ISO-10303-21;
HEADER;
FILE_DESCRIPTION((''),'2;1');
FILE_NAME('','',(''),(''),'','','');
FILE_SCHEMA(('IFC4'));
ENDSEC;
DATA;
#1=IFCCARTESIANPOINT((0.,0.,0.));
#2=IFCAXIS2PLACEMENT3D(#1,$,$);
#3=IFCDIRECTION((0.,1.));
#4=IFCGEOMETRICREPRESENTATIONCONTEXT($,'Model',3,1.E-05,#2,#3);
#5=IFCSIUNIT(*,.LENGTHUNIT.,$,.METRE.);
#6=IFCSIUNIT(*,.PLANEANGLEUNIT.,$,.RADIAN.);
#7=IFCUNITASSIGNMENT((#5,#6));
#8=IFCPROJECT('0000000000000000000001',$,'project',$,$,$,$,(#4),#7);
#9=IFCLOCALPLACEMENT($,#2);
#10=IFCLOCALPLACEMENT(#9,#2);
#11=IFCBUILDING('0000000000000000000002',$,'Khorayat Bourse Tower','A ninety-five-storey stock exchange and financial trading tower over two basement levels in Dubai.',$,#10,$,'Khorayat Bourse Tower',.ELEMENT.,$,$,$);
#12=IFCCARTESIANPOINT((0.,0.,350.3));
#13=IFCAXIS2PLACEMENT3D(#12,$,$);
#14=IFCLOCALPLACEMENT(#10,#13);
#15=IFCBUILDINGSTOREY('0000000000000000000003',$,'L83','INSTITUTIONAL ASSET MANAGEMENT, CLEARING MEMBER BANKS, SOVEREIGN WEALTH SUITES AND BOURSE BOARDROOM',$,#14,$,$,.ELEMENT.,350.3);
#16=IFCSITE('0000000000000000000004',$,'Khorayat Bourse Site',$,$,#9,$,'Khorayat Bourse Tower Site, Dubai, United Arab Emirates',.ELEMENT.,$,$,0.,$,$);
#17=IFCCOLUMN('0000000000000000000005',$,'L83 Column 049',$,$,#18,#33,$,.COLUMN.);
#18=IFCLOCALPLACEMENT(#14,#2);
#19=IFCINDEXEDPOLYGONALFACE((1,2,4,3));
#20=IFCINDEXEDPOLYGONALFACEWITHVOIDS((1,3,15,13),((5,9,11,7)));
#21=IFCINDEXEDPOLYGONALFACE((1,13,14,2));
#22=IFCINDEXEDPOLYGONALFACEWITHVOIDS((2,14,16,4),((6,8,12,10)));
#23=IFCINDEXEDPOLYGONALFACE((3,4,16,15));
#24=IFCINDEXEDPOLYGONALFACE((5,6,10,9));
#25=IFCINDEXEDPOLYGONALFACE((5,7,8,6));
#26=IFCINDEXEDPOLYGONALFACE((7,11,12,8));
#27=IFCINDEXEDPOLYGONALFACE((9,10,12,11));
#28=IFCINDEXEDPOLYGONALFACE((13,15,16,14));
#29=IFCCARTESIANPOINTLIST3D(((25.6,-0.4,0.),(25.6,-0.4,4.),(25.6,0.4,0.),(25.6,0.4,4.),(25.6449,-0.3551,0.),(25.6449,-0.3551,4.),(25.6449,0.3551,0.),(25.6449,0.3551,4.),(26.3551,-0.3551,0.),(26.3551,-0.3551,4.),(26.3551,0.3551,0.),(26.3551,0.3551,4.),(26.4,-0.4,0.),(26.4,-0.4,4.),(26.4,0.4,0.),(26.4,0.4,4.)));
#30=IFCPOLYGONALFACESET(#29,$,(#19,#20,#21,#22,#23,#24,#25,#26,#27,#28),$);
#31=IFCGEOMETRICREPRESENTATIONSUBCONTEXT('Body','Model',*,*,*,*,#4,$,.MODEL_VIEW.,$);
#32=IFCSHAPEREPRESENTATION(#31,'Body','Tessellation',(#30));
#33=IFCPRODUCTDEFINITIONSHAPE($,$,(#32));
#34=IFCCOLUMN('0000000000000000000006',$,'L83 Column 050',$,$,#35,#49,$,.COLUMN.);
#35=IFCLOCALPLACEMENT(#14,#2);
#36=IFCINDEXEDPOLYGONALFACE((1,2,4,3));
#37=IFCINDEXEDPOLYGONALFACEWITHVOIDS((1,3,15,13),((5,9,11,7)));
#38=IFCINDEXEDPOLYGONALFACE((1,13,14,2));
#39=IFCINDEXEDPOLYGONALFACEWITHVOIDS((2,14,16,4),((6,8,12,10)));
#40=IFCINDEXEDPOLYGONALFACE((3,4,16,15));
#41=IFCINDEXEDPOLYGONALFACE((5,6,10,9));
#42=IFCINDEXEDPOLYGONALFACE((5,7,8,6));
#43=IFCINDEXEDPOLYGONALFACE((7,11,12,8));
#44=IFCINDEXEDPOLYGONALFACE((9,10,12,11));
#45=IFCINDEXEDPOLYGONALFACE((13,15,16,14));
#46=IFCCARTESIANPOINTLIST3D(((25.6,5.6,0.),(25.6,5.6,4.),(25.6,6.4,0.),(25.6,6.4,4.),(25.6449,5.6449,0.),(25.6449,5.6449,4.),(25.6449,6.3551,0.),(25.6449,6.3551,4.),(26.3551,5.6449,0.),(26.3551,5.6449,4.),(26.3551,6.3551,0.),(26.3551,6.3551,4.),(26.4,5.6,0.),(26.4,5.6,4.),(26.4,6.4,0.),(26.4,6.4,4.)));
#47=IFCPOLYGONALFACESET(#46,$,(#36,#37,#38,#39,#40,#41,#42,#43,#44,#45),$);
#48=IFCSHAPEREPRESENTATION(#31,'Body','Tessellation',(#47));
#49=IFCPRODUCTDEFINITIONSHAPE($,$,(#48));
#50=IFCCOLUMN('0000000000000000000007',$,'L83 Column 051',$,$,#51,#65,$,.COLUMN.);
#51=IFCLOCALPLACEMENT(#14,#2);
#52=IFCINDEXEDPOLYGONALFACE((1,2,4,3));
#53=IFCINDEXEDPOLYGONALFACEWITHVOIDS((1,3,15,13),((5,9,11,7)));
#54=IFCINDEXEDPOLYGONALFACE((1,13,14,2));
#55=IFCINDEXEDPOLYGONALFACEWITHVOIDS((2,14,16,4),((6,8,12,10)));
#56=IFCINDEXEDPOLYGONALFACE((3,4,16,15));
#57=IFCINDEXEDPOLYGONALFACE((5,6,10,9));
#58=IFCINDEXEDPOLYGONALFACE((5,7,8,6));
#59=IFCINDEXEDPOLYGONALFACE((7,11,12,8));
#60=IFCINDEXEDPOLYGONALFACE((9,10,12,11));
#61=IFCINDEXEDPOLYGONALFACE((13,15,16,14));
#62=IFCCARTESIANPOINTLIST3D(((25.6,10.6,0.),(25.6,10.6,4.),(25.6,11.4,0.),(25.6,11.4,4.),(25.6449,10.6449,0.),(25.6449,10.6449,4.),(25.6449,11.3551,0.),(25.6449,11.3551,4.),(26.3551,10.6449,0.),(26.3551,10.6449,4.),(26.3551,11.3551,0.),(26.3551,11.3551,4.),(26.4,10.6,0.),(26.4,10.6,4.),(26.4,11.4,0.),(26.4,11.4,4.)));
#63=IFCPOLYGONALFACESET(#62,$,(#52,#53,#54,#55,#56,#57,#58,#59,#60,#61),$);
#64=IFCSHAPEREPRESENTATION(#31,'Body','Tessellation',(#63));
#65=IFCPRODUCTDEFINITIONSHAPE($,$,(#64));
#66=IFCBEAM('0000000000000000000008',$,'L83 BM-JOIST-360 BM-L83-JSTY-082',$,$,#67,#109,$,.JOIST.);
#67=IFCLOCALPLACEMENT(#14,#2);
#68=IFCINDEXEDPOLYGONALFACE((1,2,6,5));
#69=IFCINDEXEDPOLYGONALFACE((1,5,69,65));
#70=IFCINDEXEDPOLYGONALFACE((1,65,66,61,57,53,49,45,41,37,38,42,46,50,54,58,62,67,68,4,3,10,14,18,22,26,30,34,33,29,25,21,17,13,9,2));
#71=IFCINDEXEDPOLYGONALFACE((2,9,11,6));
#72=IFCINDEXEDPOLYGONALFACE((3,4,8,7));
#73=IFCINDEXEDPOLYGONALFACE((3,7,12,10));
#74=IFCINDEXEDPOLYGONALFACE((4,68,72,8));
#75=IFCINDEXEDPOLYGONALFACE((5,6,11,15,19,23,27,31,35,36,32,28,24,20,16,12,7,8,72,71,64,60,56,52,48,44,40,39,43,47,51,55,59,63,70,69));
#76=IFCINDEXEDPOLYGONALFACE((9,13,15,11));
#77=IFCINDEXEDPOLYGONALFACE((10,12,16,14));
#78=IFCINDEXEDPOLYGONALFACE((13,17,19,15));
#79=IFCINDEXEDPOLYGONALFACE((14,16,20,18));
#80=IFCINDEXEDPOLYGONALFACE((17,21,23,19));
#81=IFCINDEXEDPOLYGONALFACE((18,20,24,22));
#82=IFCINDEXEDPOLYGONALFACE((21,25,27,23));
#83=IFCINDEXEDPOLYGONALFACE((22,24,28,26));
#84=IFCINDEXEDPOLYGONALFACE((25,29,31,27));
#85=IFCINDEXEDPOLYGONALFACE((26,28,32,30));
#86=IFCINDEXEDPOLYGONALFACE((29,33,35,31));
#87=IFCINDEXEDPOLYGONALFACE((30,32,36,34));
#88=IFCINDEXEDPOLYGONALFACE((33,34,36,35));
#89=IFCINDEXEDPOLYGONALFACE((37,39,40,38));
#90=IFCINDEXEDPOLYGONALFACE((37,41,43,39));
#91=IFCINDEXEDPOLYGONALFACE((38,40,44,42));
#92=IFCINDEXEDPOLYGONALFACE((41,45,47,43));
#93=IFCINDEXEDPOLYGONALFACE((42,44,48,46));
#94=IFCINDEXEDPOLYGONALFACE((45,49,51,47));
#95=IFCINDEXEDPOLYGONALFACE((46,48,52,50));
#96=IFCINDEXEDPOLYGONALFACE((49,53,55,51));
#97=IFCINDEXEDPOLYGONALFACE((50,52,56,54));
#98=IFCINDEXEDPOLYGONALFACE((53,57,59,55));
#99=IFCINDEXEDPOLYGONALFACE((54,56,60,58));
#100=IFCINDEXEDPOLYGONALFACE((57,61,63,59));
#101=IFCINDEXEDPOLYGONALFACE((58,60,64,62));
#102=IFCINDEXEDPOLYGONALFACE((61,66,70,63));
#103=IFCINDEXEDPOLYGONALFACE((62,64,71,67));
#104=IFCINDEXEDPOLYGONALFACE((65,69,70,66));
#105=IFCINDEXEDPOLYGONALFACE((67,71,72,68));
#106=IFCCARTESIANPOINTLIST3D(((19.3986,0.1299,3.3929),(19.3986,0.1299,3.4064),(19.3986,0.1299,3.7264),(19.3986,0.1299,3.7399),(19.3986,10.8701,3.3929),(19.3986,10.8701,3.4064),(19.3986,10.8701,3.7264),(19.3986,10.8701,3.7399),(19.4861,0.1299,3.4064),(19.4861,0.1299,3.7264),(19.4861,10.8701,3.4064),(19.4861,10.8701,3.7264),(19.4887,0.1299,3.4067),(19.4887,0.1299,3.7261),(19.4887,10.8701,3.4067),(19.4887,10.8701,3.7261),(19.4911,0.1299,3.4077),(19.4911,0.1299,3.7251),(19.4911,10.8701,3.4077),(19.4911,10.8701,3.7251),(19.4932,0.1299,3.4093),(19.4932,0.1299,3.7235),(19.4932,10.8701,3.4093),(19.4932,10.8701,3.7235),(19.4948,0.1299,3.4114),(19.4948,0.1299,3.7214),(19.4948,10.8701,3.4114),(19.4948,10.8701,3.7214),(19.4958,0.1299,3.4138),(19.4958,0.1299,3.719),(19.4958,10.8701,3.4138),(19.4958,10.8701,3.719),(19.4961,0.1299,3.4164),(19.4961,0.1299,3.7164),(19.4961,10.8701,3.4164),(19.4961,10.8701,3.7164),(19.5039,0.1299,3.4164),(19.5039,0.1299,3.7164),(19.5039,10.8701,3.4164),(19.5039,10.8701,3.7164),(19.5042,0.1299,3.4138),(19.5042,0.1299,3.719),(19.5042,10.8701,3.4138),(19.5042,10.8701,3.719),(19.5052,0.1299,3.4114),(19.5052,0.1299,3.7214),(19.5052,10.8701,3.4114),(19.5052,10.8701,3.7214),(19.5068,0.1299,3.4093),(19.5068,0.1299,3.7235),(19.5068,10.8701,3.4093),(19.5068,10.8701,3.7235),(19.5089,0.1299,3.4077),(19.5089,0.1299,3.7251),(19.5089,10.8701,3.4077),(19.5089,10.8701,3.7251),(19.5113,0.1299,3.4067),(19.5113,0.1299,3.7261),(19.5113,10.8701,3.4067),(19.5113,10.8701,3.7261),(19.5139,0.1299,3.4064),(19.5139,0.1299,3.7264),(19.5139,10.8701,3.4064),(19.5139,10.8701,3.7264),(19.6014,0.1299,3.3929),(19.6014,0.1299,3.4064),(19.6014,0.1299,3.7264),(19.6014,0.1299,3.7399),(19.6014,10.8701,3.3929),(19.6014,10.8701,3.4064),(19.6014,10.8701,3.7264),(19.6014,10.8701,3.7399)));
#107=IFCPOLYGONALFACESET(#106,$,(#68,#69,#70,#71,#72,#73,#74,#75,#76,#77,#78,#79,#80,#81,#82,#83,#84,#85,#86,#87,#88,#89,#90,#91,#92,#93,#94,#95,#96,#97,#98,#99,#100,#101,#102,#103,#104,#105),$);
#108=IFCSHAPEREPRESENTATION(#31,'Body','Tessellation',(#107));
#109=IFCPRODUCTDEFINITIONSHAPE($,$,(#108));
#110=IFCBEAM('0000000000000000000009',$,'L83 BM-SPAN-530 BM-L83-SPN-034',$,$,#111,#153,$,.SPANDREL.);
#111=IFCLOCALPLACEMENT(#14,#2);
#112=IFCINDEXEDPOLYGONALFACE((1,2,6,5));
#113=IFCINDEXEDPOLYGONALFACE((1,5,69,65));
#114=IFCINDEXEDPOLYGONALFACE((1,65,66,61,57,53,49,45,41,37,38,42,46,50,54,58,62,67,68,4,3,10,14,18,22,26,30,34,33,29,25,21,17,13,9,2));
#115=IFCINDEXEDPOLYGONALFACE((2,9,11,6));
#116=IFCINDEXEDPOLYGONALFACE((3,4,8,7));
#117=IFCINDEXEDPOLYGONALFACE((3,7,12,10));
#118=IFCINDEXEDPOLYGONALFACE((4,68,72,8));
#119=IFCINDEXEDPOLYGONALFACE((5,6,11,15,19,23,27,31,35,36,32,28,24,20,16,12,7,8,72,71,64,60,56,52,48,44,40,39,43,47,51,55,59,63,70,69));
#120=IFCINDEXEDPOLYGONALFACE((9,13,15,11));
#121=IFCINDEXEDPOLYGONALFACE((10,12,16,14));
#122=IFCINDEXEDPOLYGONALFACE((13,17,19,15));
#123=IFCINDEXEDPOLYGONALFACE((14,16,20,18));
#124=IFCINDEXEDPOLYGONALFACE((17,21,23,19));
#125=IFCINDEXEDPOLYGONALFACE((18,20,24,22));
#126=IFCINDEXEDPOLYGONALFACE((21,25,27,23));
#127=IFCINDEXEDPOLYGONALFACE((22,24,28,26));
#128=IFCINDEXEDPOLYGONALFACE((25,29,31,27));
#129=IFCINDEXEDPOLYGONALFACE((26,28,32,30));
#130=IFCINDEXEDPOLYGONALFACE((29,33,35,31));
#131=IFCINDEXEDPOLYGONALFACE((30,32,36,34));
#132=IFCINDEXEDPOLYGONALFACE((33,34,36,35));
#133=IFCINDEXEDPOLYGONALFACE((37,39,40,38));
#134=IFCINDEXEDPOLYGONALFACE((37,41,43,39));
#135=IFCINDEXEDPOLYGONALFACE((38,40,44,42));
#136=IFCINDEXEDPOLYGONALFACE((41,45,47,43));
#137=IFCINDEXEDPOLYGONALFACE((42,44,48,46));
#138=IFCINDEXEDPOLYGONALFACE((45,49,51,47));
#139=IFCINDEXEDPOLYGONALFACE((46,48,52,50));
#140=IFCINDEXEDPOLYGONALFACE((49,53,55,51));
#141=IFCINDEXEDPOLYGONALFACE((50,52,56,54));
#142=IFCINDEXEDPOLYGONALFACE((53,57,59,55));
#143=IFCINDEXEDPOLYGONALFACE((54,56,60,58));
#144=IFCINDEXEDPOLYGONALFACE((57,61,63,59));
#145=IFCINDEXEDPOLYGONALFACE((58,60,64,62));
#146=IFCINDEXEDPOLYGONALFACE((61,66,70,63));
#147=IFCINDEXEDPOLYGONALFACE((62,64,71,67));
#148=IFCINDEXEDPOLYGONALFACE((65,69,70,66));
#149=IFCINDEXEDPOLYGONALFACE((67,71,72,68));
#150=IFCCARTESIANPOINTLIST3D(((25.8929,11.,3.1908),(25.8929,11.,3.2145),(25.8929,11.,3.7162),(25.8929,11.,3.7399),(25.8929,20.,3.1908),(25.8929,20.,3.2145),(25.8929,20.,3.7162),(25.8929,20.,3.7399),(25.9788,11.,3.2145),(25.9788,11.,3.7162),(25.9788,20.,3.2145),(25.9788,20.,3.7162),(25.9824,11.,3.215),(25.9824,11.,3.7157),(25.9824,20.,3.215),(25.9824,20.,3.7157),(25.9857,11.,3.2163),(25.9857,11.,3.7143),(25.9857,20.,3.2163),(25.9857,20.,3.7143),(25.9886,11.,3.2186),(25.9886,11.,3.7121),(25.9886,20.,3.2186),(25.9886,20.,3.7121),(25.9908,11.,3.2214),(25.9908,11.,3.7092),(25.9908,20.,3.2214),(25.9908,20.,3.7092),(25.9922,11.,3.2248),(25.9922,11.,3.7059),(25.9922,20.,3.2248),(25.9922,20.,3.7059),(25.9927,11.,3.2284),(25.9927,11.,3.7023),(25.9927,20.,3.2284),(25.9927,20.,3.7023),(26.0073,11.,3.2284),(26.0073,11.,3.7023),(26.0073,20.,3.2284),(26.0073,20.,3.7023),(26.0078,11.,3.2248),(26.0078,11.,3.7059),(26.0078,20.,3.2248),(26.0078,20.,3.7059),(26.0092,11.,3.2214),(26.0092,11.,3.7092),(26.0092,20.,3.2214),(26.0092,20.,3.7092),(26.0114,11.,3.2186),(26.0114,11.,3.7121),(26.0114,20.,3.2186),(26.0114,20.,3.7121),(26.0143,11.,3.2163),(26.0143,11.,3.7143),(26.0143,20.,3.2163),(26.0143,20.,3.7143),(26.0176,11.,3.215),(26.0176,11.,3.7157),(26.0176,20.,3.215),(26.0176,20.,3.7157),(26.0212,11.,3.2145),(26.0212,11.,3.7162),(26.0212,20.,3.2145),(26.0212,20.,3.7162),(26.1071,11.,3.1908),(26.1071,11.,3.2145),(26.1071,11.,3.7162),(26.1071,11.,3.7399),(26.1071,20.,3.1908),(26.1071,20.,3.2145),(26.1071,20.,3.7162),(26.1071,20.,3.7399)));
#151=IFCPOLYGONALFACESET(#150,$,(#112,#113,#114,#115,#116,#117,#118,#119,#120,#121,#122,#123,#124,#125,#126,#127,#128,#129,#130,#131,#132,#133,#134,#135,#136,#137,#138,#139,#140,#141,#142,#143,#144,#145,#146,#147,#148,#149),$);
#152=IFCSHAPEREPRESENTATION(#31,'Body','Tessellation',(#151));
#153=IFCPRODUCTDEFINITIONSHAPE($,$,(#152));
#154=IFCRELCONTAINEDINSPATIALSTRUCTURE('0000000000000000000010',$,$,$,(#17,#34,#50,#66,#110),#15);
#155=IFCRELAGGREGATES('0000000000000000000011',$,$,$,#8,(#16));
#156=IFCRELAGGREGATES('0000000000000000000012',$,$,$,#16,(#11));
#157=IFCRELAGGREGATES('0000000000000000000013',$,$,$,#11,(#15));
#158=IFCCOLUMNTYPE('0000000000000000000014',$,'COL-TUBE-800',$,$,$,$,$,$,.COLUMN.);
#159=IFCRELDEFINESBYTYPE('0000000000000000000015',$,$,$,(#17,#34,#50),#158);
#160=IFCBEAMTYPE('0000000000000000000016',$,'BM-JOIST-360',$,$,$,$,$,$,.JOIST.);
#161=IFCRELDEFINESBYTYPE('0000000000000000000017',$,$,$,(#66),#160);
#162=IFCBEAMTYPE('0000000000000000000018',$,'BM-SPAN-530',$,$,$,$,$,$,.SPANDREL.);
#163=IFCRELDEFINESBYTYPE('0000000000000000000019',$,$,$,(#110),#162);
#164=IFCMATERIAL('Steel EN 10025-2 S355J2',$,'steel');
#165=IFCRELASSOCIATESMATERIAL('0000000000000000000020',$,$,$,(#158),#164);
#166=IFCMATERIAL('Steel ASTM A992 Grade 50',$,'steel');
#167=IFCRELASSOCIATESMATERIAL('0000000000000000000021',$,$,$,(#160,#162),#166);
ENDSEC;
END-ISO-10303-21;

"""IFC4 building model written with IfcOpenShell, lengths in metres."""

from ifc_helpers import new_model, si_unit, direction, frame, origin, origin_2d, place, context, subcontext, project, spatial, hollow_rectangle, i_section, extrude, source, transform, mapped, material, material_profile, profile_set, type_object, element, save


model = new_model("IFC4")

# Units and contexts
model_context = context("Model", 3, precision=1e-05, world=origin(), true_north=direction((0.0, 1.0)))
body_context = subcontext(model_context, "Body", "Model", "MODEL_VIEW")
ifc_project = project(units=[si_unit("LENGTHUNIT", "METRE"), si_unit("PLANEANGLEUNIT", "RADIAN")], contexts=[model_context])

# Site, building, storey
site_placement = place(None, origin())
site = spatial("IfcSite", under=ifc_project, at=site_placement, Name="Khorayat Bourse Site", LongName="Khorayat Bourse Tower Site, Dubai, United Arab Emirates", CompositionType="ELEMENT", RefElevation=0.0)
building_placement = place(site_placement, origin())
building = spatial("IfcBuilding", under=site, at=building_placement, Name="Khorayat Bourse Tower", Description="A ninety-five-storey stock exchange and financial trading tower over two basement levels in Dubai.", LongName="Khorayat Bourse Tower", CompositionType="ELEMENT")
storey_placement = place(building_placement, frame((0.0, 0.0, 350.3)))
storey = spatial("IfcBuildingStorey", under=building, at=storey_placement, Name="L83", Description="INSTITUTIONAL ASSET MANAGEMENT, CLEARING MEMBER BANKS, SOVEREIGN WEALTH SUITES AND BOURSE BOARDROOM", CompositionType="ELEMENT", Elevation=350.3)

# Columns
ifc_material_1 = material(Name="Steel EN 10025-2 S355J2", Category="steel")
ifc_material_profile_1 = material_profile(ifc_material_1, hollow_rectangle(XDim=0.8, YDim=0.8, WallThickness=0.0449, at=origin_2d()), Name="BOX 800x800x45")
ifc_profile_set_1 = profile_set([ifc_material_profile_1], Name="Steel EN 10025-2 S355J2")
column_type = type_object("IfcColumnType", Name="COL-TUBE-800", PredefinedType="COLUMN", material=ifc_profile_set_1)
shared_shape_1 = source(origin(), body_context, "Body", "SweptSolid", [
    extrude(hollow_rectangle(XDim=0.8, YDim=0.8, WallThickness=0.0449, at=origin_2d()), origin(), (0.0, 0.0, 1.0), 4.0),
])
for number, where, z_axis, x_axis, name in (
    (1, (26.0, 0.0, 0.0), (0.0, 0.0, 1.0), (1.0, 0.0, 0.0), "L83 Column 049"),
    (2, (26.0, 6.0, 0.0), (0.0, 0.0, 1.0), (1.0, 0.0, 0.0), "L83 Column 050"),
    (3, (26.0, 11.0, 0.0), (0.0, 0.0, 1.0), (1.0, 0.0, 0.0), "L83 Column 051"),
):
    element("IfcColumn", number, at=place(storey_placement, frame(where, z_axis=z_axis, x_axis=x_axis)), inside=storey, type_object=column_type, Name=name, PredefinedType="COLUMN", context=body_context, shape_type="MappedRepresentation", body=[
        mapped(shared_shape_1, transform((0.0, 0.0, 0.0), scale=1.0)),
    ])

# Beams
ifc_material_2 = material(Name="Steel ASTM A992 Grade 50", Category="steel")
ifc_material_profile_2 = material_profile(ifc_material_2, i_section(OverallWidth=0.2029, OverallDepth=0.3469, WebThickness=0.0078, FlangeThickness=0.0134, FilletRadius=0.01, at=origin_2d()), Name="W360X64")
ifc_profile_set_2 = profile_set([ifc_material_profile_2], Name="Steel ASTM A992 Grade 50")
beam_type_1 = type_object("IfcBeamType", Name="BM-JOIST-360", PredefinedType="JOIST", material=ifc_profile_set_2)
shared_shape_2 = source(origin(), body_context, "Body", "SweptSolid", [
    extrude(i_section(OverallWidth=0.2029, OverallDepth=0.3469, WebThickness=0.0078, FlangeThickness=0.0134, FilletRadius=0.01, at=origin_2d()), origin(), (0.0, 0.0, 1.0), 10.7402),
])
beam_1_placement = place(storey_placement, frame((19.5, 0.1299, 3.5664), z_axis=(0.0, 1.0, 0.0), x_axis=(-1.0, 0.0, 0.0)))
element("IfcBeam", 4, at=beam_1_placement, inside=storey, type_object=beam_type_1, Name="L83 BM-JOIST-360 BM-L83-JSTY-082", PredefinedType="JOIST", context=body_context, shape_type="MappedRepresentation", body=[
    mapped(shared_shape_2, transform((0.0, 0.0, 0.0), scale=1.0)),
])
ifc_material_profile_3 = material_profile(ifc_material_2, i_section(OverallWidth=0.2141, OverallDepth=0.5491, WebThickness=0.0146, FlangeThickness=0.0237, FilletRadius=0.0139, at=origin_2d()), Name="W530X138")
ifc_profile_set_3 = profile_set([ifc_material_profile_3], Name="Steel ASTM A992 Grade 50")
beam_type_2 = type_object("IfcBeamType", Name="BM-SPAN-530", PredefinedType="SPANDREL", material=ifc_profile_set_3)
shared_shape_3 = source(origin(), body_context, "Body", "SweptSolid", [
    extrude(i_section(OverallWidth=0.2141, OverallDepth=0.5491, WebThickness=0.0146, FlangeThickness=0.0237, FilletRadius=0.0139, at=origin_2d()), origin(), (0.0, 0.0, 1.0), 9.0),
])
beam_2_placement = place(storey_placement, frame((26.0, 11.0, 3.4653), z_axis=(0.0, 1.0, 0.0), x_axis=(-1.0, 0.0, 0.0)))
element("IfcBeam", 5, at=beam_2_placement, inside=storey, type_object=beam_type_2, Name="L83 BM-SPAN-530 BM-L83-SPN-034", PredefinedType="SPANDREL", context=body_context, shape_type="MappedRepresentation", body=[
    mapped(shared_shape_3, transform((0.0, 0.0, 0.0), scale=1.0)),
])

save(model, "model.ifc")
